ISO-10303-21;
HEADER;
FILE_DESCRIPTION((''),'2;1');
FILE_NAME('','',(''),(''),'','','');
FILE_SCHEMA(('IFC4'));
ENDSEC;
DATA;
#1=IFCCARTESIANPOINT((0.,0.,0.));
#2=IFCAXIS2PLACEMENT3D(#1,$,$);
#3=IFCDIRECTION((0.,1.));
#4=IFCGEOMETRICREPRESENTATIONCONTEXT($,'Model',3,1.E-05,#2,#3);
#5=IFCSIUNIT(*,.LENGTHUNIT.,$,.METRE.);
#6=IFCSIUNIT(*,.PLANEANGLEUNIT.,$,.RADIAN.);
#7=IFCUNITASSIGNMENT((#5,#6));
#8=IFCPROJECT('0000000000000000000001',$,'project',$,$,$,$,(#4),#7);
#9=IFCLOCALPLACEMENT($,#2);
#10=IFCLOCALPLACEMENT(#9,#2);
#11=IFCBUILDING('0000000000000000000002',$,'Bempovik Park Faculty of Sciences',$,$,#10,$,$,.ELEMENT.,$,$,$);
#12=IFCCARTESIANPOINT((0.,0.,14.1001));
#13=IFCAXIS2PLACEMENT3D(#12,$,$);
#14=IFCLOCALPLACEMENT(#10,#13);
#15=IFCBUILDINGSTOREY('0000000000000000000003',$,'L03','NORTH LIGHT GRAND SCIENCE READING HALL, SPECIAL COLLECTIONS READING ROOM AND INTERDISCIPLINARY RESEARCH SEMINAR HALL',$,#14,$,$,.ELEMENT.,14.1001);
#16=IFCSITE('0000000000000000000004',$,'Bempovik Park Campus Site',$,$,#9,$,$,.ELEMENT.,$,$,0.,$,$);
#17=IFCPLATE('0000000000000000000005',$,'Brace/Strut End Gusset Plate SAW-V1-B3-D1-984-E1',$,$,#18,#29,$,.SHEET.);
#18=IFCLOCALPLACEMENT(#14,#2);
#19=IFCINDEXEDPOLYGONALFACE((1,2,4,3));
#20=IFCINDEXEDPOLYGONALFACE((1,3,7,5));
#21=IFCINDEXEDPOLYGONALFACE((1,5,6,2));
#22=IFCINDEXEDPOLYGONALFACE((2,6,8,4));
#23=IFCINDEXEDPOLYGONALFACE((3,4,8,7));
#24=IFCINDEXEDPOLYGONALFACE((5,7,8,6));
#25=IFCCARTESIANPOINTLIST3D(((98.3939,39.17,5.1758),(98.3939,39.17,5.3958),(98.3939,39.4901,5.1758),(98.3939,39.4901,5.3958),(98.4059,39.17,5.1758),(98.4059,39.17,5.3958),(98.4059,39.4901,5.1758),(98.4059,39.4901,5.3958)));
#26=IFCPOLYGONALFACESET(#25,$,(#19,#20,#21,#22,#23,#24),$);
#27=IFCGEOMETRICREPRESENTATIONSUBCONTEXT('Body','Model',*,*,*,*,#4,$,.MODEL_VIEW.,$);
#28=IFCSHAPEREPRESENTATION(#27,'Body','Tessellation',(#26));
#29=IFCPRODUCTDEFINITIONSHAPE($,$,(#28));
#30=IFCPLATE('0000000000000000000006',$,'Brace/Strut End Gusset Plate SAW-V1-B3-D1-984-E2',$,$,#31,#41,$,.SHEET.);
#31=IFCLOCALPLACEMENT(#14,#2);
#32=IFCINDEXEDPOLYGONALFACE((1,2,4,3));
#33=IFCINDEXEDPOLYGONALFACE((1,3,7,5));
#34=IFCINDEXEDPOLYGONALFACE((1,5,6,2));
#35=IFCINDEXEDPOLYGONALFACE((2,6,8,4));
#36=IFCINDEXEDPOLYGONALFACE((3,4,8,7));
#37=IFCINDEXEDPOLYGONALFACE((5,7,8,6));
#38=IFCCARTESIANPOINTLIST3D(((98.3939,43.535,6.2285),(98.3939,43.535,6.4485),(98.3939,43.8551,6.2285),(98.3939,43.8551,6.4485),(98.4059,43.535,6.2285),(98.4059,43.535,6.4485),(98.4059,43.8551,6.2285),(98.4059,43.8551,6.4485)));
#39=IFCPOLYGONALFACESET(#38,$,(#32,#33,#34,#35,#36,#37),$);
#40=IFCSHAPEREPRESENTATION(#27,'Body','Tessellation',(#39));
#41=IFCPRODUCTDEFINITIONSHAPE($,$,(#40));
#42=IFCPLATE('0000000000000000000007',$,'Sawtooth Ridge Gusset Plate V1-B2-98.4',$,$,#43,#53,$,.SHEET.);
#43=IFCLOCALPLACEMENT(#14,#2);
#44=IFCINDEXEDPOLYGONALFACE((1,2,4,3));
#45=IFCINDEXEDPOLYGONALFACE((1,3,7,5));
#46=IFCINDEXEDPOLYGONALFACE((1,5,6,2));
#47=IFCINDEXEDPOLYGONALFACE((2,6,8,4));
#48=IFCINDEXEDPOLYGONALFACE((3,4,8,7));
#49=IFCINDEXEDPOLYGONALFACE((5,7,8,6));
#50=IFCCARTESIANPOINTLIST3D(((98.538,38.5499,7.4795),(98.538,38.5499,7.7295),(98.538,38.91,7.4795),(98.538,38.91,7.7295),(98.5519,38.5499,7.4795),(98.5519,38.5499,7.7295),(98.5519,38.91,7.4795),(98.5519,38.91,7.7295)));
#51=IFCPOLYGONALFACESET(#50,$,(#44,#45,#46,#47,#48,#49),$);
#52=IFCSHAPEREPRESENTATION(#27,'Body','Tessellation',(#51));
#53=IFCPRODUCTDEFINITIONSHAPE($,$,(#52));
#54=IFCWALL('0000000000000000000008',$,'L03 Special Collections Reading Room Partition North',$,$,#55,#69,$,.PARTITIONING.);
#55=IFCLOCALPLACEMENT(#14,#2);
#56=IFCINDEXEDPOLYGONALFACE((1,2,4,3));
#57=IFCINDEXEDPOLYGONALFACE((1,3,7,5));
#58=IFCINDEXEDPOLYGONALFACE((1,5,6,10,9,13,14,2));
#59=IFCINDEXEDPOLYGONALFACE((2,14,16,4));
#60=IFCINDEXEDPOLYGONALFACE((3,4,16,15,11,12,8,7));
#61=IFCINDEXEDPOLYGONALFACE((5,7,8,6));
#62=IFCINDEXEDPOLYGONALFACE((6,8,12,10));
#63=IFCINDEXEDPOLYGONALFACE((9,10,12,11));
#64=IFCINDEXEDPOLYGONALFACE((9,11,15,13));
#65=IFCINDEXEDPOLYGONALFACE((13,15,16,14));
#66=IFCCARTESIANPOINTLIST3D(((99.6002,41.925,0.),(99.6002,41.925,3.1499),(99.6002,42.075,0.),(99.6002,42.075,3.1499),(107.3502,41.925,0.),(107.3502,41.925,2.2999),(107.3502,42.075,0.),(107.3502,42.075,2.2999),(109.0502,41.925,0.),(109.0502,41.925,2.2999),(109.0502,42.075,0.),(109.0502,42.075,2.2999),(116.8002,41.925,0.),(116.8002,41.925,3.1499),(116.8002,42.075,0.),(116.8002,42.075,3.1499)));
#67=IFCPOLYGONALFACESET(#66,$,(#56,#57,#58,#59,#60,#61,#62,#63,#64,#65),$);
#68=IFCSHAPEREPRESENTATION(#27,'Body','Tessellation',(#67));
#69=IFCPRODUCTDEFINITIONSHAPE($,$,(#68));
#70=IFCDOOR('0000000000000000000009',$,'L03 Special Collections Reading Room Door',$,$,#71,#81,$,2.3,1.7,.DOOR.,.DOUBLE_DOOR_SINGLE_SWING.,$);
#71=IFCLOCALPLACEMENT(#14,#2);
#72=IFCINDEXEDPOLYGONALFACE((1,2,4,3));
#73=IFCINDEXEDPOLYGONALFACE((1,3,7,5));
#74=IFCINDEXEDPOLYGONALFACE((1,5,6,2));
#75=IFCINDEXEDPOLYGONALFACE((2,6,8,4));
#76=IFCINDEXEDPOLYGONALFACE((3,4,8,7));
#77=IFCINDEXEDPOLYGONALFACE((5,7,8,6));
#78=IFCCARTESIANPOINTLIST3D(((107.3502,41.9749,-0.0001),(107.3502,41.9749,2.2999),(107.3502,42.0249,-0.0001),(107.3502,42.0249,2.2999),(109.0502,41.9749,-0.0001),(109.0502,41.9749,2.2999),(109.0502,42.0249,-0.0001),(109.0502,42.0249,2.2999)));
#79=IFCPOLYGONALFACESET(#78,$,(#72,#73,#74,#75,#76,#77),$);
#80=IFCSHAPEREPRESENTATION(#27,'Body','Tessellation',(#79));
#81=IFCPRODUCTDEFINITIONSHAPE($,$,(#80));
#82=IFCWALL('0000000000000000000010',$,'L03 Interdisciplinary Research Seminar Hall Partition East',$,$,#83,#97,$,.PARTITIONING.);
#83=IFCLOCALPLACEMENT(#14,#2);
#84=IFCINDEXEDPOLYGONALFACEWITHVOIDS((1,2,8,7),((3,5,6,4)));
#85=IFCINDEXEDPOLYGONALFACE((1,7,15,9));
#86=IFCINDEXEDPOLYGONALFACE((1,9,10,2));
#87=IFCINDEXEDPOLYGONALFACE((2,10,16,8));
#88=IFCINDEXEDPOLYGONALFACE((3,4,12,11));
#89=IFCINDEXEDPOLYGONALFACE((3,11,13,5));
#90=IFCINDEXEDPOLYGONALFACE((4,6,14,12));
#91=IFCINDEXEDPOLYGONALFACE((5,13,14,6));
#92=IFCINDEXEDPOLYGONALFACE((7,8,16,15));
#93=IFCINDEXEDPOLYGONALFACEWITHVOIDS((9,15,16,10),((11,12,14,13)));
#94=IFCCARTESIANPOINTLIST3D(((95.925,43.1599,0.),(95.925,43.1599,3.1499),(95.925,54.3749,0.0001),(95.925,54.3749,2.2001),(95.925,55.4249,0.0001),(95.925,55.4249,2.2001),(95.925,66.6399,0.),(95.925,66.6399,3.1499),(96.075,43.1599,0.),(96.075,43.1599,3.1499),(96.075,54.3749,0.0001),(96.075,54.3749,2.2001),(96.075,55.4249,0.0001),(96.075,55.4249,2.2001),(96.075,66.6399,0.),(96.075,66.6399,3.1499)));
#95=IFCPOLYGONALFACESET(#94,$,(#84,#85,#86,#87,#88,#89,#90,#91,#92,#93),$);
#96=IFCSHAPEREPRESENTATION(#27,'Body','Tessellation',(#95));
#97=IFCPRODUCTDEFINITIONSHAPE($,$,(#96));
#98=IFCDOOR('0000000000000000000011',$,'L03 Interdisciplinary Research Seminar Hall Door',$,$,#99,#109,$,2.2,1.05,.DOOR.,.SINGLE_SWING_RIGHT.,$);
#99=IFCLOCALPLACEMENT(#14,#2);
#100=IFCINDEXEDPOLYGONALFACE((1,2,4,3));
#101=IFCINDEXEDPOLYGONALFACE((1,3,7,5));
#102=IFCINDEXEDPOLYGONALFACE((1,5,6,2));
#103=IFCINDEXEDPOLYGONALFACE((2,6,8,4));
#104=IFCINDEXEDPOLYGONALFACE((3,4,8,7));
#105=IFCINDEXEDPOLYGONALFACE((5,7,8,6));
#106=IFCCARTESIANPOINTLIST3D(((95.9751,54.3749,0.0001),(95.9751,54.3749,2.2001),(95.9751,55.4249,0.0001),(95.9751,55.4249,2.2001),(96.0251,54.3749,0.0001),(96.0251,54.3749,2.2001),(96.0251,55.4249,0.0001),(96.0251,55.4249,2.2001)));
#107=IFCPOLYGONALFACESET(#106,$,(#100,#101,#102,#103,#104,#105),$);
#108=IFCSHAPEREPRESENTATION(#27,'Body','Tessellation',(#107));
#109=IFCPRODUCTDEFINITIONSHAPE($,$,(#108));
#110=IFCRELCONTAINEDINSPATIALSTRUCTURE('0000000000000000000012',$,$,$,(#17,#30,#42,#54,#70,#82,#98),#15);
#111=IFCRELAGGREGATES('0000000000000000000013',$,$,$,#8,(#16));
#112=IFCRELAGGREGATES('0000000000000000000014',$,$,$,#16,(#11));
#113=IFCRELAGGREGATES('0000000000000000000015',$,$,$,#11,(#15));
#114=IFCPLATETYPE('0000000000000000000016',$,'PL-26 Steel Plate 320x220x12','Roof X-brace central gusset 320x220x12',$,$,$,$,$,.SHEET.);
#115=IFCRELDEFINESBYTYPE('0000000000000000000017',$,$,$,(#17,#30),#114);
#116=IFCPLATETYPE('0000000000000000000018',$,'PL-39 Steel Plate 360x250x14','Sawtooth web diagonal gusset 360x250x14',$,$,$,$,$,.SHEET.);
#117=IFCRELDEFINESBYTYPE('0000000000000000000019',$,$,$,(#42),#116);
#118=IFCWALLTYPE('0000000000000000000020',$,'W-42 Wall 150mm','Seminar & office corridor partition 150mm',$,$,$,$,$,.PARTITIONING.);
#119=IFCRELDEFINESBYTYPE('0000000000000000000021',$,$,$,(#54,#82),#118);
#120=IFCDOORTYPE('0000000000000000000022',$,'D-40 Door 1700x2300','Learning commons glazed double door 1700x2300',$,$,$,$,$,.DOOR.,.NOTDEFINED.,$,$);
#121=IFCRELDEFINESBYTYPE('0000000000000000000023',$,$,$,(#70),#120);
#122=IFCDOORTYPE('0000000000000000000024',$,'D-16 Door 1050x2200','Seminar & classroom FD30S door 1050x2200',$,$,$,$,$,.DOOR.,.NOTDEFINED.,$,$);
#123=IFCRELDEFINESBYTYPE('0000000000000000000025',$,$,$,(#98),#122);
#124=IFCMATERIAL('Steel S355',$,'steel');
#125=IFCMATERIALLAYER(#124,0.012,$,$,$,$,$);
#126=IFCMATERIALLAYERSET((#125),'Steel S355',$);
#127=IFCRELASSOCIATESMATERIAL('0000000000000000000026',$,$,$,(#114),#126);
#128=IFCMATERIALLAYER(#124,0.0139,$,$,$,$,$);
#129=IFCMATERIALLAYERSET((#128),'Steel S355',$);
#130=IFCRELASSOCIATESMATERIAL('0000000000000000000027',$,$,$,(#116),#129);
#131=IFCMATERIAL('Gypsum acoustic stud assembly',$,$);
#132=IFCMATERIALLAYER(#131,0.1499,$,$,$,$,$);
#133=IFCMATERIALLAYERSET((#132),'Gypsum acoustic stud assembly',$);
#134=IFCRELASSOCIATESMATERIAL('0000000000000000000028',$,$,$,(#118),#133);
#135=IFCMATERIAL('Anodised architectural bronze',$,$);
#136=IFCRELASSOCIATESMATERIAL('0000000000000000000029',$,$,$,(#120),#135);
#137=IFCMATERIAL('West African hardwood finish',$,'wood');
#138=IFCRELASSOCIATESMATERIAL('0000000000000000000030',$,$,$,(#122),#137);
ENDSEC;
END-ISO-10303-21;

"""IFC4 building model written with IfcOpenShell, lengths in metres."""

from ifc_helpers import new_model, si_unit, direction, frame, frame_2d, origin, origin_2d, place, context, subcontext, project, spatial, rectangle, extrude, material, layer, layer_set, type_object, element, fill, save


model = new_model("IFC4")

# Units and contexts
model_context = context("Model", 3, precision=1e-05, world=origin(), true_north=direction((0.0, 1.0)))
body_context = subcontext(model_context, "Body", "Model", "MODEL_VIEW")
ifc_project = project(units=[si_unit("LENGTHUNIT", "METRE"), si_unit("PLANEANGLEUNIT", "RADIAN")], contexts=[model_context])

# Site, building, storey
site_placement = place(None, origin())
site = spatial("IfcSite", under=ifc_project, at=site_placement, Name="Bempovik Park Campus Site", CompositionType="ELEMENT", RefElevation=0.0)
building_placement = place(site_placement, origin())
building = spatial("IfcBuilding", under=site, at=building_placement, Name="Bempovik Park Faculty of Sciences", CompositionType="ELEMENT")
storey_placement = place(building_placement, frame((0.0, 0.0, 14.1001)))
storey = spatial("IfcBuildingStorey", under=building, at=storey_placement, Name="L03", Description="NORTH LIGHT GRAND SCIENCE READING HALL, SPECIAL COLLECTIONS READING ROOM AND INTERDISCIPLINARY RESEARCH SEMINAR HALL", CompositionType="ELEMENT", Elevation=14.1001)

# Shared definitions
ifc_material_1 = material(Name="Steel S355", Category="steel")

# Plates
ifc_layer_1 = layer(ifc_material_1, 0.012)
ifc_layer_set_1 = layer_set([ifc_layer_1], Name="Steel S355")
plate_type_1 = type_object("IfcPlateType", Name="PL-26 Steel Plate 320x220x12", Description="Roof X-brace central gusset 320x220x12", PredefinedType="SHEET", material=ifc_layer_set_1)
for number, where, z_axis, x_axis, name in (
    (1, (98.3999, 39.3301, 5.1758), (0.0, 0.0, 1.0), (1.0, 0.0, 0.0), "Brace/Strut End Gusset Plate SAW-V1-B3-D1-984-E1"),
    (2, (98.3999, 43.6951, 6.2285), (0.0, 0.0, 1.0), (1.0, 0.0, 0.0), "Brace/Strut End Gusset Plate SAW-V1-B3-D1-984-E2"),
):
    element("IfcPlate", number, at=place(storey_placement, frame(where, z_axis=z_axis, x_axis=x_axis)), inside=storey, type_object=plate_type_1, Name=name, PredefinedType="SHEET", context=body_context, shape_type="SweptSolid", body=[
        extrude(rectangle(XDim=0.012, YDim=0.3201, at=origin_2d()), origin(), (0.0, 0.0, 1.0), 0.22),
    ])
ifc_layer_2 = layer(ifc_material_1, 0.0139)
ifc_layer_set_2 = layer_set([ifc_layer_2], Name="Steel S355")
plate_type_2 = type_object("IfcPlateType", Name="PL-39 Steel Plate 360x250x14", Description="Sawtooth web diagonal gusset 360x250x14", PredefinedType="SHEET", material=ifc_layer_set_2)
plate_1_placement = place(storey_placement, frame((98.5449, 38.73, 7.4795), z_axis=(0.0, 0.0, 1.0), x_axis=(1.0, 0.0, 0.0)))
element("IfcPlate", 3, at=plate_1_placement, inside=storey, type_object=plate_type_2, Name="Sawtooth Ridge Gusset Plate V1-B2-98.4", PredefinedType="SHEET", context=body_context, shape_type="SweptSolid", body=[
    extrude(rectangle(XDim=0.0139, YDim=0.3601, at=origin_2d()), origin(), (0.0, 0.0, 1.0), 0.25),
])

# Walls, openings, doors
ifc_material_2 = material(Name="Gypsum acoustic stud assembly")
ifc_layer_3 = layer(ifc_material_2, 0.1499)
ifc_layer_set_3 = layer_set([ifc_layer_3], Name="Gypsum acoustic stud assembly")
wall_type = type_object("IfcWallType", Name="W-42 Wall 150mm", Description="Seminar & office corridor partition 150mm", PredefinedType="PARTITIONING", material=ifc_layer_set_3)
wall_1_placement = place(storey_placement, frame((99.6001, 42.0, 0.0), z_axis=(0.0, 0.0, 1.0), x_axis=(1.0, 0.0, 0.0)))
wall_1 = element("IfcWall", 4, at=wall_1_placement, inside=storey, type_object=wall_type, Name="L03 Special Collections Reading Room Partition North", PredefinedType="PARTITIONING", context=body_context, shape_type="SweptSolid", body=[
    extrude(rectangle(XDim=17.2, YDim=0.1499, at=frame_2d((8.6001, 0.0))), origin(), (0.0, 0.0, 1.0), 3.1499),
])
opening_1_placement = place(wall_1_placement, frame((7.75, 0.0, 0.0)))
opening_1 = element("IfcOpeningElement", 5, at=opening_1_placement, cuts=wall_1, PredefinedType="OPENING", context=body_context, shape_type="SweptSolid", body=[
    extrude(rectangle(XDim=1.7, YDim=2.3, at=frame_2d((0.8501, 1.1499))), frame((0.0, 0.085, 0.0), z_axis=(0.0, -1.0, 0.0), x_axis=(1.0, 0.0, 0.0)), (0.0, 0.0, 1.0), 0.1699),
])
ifc_material_3 = material(Name="Anodised architectural bronze")
door_type_1 = type_object("IfcDoorType", Name="D-40 Door 1700x2300", Description="Learning commons glazed double door 1700x2300", OperationType="NOTDEFINED", PredefinedType="DOOR", material=ifc_material_3)
door_1_placement = place(opening_1_placement, origin())
door_1 = element("IfcDoor", 6, at=door_1_placement, inside=storey, type_object=door_type_1, Name="L03 Special Collections Reading Room Door", OperationType="DOUBLE_DOOR_SINGLE_SWING", OverallHeight=2.3, OverallWidth=1.7, PredefinedType="DOOR", context=body_context, shape_type="SweptSolid", body=[
    extrude(rectangle(XDim=1.7, YDim=2.3, at=frame_2d((0.8501, 1.1499))), frame((0.0, 0.0249, 0.0), z_axis=(0.0, -1.0, 0.0), x_axis=(1.0, 0.0, 0.0)), (0.0, 0.0, 1.0), 0.05),
])
fill(opening_1, door_1)
wall_2_placement = place(storey_placement, frame((96.0, 43.1599, 0.0), z_axis=(0.0, 0.0, 1.0), x_axis=(0.0, 1.0, 0.0)))
wall_2 = element("IfcWall", 7, at=wall_2_placement, inside=storey, type_object=wall_type, Name="L03 Interdisciplinary Research Seminar Hall Partition East", PredefinedType="PARTITIONING", context=body_context, shape_type="SweptSolid", body=[
    extrude(rectangle(XDim=23.48, YDim=0.1499, at=frame_2d((11.74, 0.0))), origin(), (0.0, 0.0, 1.0), 3.1499),
])
opening_2_placement = place(wall_2_placement, frame((11.2151, 0.0, 0.0)))
opening_2 = element("IfcOpeningElement", 8, at=opening_2_placement, cuts=wall_2, PredefinedType="OPENING", context=body_context, shape_type="SweptSolid", body=[
    extrude(rectangle(XDim=1.05, YDim=2.2, at=frame_2d((0.5249, 1.1001))), frame((0.0, 0.085, 0.0), z_axis=(0.0, -1.0, 0.0), x_axis=(1.0, 0.0, 0.0)), (0.0, 0.0, 1.0), 0.1699),
])
ifc_material_4 = material(Name="West African hardwood finish", Category="wood")
door_type_2 = type_object("IfcDoorType", Name="D-16 Door 1050x2200", Description="Seminar & classroom FD30S door 1050x2200", OperationType="NOTDEFINED", PredefinedType="DOOR", material=ifc_material_4)
door_2_placement = place(opening_2_placement, origin())
door_2 = element("IfcDoor", 9, at=door_2_placement, inside=storey, type_object=door_type_2, Name="L03 Interdisciplinary Research Seminar Hall Door", OperationType="SINGLE_SWING_RIGHT", OverallHeight=2.2, OverallWidth=1.05, PredefinedType="DOOR", context=body_context, shape_type="SweptSolid", body=[
    extrude(rectangle(XDim=1.05, YDim=2.2, at=frame_2d((0.5249, 1.1001))), frame((0.0, 0.0249, 0.0), z_axis=(0.0, -1.0, 0.0), x_axis=(1.0, 0.0, 0.0)), (0.0, 0.0, 1.0), 0.05),
])
fill(opening_2, door_2)

save(model, "model.ifc")
